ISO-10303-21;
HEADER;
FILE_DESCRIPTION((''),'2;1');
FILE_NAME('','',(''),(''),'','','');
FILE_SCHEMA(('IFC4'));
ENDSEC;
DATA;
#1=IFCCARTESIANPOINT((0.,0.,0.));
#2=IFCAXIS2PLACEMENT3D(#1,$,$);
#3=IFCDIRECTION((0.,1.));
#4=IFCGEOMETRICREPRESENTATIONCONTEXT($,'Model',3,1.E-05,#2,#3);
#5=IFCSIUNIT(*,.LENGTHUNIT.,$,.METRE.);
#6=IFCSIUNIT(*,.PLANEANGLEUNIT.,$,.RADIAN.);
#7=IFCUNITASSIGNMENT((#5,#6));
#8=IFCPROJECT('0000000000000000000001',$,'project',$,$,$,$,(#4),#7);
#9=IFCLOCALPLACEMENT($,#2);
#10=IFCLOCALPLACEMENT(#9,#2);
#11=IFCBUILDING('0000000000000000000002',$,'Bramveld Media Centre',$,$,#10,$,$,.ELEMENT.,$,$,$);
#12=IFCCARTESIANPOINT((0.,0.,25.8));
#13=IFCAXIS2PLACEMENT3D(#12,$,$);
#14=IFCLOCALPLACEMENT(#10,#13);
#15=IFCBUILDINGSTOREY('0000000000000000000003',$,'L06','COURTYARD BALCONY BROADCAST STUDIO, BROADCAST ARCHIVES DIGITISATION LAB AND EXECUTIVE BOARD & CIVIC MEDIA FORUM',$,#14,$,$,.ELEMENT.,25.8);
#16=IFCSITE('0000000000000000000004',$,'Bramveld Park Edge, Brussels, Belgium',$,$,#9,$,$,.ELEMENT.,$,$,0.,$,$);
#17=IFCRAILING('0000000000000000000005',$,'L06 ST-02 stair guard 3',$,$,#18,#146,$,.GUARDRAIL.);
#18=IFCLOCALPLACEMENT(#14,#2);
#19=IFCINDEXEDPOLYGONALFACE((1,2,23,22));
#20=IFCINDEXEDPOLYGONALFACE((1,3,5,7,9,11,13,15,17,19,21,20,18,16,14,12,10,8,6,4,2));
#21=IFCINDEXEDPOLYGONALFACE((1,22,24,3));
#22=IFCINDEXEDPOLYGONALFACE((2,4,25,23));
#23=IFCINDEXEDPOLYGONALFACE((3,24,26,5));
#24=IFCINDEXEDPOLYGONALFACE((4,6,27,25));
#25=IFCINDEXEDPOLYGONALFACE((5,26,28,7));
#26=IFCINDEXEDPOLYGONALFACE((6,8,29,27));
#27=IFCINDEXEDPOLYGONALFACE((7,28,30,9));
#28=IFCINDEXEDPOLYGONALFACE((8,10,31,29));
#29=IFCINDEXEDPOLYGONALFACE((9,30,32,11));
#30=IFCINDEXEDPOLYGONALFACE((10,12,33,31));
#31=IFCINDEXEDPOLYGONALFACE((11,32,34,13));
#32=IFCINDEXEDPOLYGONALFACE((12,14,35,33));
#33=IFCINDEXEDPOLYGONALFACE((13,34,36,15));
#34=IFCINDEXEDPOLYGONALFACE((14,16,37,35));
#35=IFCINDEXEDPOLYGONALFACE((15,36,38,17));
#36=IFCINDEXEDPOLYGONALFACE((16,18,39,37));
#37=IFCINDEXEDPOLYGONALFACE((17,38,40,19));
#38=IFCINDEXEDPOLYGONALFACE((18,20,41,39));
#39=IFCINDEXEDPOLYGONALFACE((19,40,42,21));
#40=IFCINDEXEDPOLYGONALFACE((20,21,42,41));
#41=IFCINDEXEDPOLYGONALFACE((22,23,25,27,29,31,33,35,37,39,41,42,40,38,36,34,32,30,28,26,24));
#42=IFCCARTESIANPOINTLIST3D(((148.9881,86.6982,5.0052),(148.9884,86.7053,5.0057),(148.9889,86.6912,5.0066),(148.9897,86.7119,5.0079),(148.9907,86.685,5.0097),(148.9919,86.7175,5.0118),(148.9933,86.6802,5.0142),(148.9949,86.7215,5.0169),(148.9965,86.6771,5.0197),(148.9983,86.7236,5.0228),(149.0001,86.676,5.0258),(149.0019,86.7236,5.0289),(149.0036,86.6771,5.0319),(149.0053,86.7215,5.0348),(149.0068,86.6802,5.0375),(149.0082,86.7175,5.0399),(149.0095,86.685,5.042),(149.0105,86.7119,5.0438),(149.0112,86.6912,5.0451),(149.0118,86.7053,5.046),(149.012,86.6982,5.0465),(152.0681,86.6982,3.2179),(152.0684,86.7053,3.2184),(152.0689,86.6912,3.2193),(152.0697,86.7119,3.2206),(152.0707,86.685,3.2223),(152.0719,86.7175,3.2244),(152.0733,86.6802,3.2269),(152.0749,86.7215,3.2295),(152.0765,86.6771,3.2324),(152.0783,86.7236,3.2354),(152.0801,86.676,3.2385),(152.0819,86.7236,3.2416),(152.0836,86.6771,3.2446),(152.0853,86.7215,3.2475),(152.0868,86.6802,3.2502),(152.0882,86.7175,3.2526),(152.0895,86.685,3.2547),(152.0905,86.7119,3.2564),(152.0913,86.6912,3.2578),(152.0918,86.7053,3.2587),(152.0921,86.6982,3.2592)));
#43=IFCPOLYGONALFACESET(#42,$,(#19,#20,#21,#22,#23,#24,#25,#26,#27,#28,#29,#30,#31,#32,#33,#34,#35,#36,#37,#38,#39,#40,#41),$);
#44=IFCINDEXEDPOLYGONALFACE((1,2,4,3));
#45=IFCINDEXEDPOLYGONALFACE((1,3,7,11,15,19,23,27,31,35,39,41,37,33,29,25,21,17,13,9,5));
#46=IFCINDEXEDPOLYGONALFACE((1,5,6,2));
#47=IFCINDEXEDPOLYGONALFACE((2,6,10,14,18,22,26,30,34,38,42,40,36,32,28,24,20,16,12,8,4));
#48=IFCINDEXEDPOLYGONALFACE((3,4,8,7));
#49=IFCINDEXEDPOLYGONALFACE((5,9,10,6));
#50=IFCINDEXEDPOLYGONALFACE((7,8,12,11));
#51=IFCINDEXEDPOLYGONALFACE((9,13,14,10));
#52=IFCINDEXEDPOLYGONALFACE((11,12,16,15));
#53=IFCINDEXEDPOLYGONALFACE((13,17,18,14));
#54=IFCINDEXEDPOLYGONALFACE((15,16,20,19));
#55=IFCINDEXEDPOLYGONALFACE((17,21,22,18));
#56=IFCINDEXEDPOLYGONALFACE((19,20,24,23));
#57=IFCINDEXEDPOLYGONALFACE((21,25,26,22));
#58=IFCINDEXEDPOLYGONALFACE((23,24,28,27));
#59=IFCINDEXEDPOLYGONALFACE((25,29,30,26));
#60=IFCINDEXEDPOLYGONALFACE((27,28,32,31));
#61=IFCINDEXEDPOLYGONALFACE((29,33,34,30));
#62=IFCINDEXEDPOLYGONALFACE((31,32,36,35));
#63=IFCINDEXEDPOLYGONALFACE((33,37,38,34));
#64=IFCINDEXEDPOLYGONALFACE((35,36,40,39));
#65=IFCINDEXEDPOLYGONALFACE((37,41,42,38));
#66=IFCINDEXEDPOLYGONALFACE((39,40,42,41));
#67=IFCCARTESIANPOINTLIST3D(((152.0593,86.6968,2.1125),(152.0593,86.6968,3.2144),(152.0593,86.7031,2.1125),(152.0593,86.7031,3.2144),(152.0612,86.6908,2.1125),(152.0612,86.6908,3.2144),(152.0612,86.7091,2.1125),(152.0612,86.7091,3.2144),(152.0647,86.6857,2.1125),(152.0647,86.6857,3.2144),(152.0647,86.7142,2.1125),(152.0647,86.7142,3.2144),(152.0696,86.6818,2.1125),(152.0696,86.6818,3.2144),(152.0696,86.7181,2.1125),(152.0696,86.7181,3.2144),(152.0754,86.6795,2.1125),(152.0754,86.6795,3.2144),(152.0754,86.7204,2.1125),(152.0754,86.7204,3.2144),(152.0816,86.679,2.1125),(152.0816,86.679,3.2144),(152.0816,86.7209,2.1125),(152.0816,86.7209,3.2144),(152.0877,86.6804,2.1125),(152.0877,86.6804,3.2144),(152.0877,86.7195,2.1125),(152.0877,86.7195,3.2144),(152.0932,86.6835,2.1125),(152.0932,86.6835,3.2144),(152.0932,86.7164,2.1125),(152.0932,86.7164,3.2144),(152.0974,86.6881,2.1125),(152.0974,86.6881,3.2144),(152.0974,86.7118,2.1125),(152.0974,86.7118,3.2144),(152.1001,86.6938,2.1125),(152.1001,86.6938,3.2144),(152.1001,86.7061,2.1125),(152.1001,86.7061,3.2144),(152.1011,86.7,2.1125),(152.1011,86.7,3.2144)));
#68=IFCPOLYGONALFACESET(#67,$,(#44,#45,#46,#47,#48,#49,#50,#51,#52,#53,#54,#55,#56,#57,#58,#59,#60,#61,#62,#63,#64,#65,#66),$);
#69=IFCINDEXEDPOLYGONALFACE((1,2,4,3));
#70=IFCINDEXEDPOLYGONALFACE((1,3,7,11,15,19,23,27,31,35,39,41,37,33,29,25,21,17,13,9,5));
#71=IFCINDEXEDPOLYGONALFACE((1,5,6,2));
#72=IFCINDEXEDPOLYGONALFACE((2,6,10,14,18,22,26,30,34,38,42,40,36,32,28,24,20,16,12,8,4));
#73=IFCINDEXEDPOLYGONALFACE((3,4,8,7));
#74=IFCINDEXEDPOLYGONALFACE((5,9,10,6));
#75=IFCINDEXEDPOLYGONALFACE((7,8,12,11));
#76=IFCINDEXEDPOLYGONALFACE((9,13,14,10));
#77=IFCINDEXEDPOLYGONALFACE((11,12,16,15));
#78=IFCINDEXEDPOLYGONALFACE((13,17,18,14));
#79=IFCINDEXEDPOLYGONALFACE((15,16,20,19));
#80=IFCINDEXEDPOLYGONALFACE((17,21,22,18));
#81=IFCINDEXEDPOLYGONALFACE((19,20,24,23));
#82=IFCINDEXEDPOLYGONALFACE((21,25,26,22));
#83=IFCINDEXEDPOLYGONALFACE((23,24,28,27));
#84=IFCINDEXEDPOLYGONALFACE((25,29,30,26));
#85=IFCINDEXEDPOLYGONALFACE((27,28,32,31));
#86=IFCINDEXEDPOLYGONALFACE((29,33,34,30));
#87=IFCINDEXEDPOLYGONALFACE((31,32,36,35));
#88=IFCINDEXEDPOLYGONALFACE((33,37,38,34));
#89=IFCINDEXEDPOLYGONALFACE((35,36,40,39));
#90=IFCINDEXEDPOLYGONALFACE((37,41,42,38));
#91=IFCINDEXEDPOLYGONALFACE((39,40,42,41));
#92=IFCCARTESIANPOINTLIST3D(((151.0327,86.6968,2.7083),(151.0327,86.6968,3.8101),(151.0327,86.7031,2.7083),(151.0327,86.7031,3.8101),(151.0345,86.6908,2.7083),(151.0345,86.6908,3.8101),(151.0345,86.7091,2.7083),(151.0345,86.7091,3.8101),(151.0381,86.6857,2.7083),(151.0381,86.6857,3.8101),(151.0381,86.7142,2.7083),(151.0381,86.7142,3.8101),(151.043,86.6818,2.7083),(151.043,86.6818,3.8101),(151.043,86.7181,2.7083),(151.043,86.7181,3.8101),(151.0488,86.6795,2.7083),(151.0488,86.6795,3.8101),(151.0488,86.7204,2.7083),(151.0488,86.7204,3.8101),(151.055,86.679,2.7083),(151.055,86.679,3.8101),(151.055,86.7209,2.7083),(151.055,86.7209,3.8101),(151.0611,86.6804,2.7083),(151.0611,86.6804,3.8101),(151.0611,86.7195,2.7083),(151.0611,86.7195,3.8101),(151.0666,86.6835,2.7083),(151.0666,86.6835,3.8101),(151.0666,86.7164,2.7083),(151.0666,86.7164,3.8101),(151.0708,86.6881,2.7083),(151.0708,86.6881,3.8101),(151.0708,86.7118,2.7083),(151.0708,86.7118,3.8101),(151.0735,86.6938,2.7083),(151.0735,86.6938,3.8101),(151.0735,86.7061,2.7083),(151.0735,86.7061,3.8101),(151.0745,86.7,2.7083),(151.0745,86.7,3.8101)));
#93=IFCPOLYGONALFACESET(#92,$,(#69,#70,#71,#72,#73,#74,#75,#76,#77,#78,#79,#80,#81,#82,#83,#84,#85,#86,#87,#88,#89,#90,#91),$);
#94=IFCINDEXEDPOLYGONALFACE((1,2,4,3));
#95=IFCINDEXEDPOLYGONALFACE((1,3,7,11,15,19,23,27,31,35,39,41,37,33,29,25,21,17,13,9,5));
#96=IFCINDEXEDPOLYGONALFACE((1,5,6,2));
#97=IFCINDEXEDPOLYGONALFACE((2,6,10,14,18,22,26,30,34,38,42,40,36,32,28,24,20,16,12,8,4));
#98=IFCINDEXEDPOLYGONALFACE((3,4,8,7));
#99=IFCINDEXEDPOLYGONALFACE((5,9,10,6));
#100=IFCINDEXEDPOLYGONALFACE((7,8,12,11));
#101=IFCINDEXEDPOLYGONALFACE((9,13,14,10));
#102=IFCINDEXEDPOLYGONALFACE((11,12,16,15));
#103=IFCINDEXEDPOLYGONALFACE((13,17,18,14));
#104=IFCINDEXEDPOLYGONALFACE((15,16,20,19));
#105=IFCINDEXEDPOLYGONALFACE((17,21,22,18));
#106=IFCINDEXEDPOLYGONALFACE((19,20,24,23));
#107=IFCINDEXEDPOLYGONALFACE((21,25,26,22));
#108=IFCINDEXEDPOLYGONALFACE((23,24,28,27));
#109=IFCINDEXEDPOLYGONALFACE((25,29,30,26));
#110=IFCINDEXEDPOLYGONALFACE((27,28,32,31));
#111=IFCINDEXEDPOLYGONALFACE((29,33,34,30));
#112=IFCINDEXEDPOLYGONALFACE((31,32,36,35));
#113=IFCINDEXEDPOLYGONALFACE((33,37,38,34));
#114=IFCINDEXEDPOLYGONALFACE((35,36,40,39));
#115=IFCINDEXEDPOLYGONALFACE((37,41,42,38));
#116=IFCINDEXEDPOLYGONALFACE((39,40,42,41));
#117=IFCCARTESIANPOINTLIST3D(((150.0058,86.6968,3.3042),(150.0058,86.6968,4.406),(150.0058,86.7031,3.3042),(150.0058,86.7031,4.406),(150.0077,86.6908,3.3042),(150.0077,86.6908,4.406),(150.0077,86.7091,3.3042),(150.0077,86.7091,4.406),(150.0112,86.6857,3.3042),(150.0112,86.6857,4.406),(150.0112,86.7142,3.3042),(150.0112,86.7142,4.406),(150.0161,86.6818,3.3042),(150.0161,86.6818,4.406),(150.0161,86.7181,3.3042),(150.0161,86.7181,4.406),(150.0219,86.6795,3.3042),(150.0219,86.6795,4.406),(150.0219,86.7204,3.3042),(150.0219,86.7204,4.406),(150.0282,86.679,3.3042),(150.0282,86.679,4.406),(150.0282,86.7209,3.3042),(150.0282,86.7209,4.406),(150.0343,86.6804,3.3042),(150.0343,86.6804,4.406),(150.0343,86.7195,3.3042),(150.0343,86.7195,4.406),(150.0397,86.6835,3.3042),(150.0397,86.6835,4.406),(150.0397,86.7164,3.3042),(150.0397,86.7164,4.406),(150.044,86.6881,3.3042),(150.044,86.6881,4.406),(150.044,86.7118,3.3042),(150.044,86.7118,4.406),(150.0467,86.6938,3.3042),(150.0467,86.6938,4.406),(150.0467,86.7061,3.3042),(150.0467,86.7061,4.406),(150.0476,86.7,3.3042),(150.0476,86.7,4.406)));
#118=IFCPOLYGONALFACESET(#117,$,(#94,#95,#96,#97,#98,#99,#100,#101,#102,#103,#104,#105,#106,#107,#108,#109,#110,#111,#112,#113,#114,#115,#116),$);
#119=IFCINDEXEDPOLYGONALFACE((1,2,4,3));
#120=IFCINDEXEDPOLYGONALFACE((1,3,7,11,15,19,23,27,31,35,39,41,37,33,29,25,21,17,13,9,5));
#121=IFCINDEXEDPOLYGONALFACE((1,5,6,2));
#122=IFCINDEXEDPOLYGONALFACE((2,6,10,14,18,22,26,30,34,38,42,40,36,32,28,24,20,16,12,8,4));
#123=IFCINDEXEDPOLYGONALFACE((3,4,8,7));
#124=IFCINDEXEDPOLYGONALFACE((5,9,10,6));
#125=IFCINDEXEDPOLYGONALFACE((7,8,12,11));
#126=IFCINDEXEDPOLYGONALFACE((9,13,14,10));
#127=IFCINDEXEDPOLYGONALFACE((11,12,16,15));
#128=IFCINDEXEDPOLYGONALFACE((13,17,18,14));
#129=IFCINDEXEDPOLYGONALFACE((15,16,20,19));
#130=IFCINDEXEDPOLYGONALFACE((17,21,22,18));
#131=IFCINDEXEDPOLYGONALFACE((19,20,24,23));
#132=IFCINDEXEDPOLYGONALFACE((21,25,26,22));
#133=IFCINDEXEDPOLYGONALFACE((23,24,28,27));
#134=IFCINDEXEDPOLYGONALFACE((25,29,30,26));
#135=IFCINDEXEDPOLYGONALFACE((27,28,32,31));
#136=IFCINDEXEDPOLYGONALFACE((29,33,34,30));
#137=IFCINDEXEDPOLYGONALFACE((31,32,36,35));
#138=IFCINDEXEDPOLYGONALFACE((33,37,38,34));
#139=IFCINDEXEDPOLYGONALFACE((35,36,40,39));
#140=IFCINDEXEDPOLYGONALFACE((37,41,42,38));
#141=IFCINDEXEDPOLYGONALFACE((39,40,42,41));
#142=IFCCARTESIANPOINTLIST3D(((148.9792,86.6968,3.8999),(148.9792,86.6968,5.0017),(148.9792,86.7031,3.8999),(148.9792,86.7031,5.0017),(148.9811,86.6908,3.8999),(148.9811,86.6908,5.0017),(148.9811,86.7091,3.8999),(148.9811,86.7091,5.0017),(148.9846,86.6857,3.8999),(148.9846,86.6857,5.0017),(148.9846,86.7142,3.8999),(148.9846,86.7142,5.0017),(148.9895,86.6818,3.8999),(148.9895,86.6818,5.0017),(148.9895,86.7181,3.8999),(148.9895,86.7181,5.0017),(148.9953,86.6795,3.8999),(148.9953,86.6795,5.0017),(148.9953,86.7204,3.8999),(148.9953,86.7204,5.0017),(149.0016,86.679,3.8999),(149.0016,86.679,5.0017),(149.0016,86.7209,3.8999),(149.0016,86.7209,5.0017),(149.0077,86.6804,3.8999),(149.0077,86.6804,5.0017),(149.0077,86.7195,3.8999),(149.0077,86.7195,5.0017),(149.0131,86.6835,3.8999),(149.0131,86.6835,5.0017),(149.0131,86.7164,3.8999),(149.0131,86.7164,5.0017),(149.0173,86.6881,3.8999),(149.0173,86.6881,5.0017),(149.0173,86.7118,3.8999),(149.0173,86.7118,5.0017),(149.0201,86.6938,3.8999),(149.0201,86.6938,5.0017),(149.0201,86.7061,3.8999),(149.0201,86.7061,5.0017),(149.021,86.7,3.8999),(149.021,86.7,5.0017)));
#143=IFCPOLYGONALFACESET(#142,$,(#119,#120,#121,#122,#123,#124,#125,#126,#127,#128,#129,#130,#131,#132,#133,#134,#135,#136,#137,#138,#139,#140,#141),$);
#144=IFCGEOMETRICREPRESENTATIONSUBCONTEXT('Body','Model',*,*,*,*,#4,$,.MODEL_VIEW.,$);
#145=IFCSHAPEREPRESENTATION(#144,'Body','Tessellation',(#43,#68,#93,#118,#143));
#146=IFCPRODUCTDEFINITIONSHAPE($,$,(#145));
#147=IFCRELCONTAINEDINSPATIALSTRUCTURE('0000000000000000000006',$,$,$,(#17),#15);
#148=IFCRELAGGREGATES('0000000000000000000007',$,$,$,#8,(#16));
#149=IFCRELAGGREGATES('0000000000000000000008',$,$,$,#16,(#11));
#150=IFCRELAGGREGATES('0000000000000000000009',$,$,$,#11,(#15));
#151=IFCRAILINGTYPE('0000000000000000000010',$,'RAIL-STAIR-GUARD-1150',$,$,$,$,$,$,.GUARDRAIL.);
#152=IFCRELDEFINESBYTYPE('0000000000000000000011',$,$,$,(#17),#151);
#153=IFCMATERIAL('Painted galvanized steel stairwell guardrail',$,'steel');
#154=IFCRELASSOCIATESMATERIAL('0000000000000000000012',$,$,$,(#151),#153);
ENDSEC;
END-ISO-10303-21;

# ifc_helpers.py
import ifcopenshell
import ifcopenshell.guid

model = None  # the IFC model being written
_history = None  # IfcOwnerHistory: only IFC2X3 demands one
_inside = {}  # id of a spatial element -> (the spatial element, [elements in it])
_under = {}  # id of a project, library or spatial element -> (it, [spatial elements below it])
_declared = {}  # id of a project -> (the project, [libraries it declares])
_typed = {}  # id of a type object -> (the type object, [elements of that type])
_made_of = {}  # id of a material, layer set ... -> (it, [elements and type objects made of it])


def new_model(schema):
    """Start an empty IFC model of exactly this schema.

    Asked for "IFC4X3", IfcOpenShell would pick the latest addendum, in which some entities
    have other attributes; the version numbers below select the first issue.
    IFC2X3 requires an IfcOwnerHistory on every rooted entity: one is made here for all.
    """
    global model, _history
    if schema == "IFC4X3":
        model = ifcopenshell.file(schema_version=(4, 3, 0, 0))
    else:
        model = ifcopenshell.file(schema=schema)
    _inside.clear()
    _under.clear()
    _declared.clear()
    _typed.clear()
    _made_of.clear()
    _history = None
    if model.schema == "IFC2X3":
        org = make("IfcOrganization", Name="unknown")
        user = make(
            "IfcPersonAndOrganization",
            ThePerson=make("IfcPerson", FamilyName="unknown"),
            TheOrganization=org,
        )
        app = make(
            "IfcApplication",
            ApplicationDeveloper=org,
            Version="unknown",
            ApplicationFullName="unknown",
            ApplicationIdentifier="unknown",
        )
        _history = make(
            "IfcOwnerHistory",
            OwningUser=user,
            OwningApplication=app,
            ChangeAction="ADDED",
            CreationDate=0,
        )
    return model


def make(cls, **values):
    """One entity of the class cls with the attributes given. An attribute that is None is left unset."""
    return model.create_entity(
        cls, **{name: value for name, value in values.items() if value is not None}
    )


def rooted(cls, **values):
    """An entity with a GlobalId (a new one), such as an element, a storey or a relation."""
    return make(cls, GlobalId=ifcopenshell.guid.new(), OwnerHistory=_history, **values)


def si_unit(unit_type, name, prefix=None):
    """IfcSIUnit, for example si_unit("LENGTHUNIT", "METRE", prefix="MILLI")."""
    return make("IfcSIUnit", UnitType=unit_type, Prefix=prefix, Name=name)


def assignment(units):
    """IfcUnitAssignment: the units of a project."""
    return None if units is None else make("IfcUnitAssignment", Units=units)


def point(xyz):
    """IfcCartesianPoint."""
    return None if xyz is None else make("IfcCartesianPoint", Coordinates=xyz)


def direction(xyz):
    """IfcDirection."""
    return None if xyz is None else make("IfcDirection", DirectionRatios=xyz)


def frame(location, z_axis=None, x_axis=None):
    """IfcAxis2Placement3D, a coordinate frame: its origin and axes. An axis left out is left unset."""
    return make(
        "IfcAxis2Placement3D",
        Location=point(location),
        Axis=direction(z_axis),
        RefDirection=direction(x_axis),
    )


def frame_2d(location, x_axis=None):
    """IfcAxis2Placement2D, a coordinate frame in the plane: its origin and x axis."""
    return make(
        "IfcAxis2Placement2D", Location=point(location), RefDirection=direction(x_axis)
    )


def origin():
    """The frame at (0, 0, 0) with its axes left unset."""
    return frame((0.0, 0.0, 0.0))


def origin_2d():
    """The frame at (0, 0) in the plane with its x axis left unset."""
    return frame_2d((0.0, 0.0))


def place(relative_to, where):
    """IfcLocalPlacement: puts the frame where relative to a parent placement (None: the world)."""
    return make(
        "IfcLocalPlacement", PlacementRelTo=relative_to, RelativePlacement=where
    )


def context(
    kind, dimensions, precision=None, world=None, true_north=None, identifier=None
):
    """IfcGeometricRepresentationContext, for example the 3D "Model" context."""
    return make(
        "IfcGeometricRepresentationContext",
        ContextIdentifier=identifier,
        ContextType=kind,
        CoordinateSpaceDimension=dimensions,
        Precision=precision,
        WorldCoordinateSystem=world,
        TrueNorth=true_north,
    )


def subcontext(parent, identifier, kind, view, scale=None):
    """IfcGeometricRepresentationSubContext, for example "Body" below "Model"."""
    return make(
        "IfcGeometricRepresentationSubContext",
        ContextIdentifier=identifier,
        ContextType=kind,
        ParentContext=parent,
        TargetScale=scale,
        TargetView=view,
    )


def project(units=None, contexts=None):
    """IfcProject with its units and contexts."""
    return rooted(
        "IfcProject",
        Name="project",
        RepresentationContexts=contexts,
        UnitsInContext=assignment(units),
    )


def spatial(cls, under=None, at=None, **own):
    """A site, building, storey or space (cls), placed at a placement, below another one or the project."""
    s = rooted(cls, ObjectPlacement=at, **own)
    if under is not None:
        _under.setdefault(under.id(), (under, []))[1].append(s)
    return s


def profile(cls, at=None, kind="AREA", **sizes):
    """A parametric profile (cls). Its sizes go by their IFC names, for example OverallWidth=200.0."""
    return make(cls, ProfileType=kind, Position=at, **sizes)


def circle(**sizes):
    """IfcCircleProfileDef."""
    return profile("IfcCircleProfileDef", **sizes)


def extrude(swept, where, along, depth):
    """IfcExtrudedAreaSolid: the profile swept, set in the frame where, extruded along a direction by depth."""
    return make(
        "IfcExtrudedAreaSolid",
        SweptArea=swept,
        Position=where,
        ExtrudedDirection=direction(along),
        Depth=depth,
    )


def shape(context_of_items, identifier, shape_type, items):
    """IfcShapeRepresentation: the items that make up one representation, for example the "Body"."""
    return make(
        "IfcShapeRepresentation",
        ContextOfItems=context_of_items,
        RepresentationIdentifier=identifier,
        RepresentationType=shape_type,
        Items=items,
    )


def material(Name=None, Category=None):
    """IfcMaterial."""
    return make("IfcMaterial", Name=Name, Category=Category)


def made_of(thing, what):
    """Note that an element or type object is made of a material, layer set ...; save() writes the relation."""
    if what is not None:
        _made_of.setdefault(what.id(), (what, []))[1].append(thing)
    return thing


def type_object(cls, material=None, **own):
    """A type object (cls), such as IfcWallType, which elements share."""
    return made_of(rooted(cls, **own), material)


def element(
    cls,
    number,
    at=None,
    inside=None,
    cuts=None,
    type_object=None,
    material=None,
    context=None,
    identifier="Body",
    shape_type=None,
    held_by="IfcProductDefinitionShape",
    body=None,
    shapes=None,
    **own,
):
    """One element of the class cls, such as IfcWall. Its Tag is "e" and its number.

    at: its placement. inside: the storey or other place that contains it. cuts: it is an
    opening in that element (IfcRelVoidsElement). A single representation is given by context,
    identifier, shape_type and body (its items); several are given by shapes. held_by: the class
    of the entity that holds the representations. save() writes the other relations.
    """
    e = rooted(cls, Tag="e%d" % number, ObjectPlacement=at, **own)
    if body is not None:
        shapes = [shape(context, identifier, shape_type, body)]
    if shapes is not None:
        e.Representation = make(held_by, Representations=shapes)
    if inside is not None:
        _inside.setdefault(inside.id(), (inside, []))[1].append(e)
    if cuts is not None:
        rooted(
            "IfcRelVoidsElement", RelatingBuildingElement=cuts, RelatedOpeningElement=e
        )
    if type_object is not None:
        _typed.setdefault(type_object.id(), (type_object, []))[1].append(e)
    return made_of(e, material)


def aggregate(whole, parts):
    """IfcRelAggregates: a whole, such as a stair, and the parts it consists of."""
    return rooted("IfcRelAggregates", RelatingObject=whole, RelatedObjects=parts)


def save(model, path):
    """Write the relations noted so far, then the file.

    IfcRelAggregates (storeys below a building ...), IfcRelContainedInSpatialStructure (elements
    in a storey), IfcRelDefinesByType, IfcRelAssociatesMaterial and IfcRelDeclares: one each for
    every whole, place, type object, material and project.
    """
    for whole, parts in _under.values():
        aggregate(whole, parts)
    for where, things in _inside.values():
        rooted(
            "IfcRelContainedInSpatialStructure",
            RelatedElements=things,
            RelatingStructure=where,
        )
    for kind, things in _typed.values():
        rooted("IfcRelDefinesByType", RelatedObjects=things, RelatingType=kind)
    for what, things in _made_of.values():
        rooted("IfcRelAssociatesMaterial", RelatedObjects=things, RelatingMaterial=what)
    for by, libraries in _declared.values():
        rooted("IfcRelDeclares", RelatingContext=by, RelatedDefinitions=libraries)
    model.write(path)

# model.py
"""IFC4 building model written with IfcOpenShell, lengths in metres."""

from ifc_helpers import new_model, si_unit, direction, frame, origin, origin_2d, place, context, subcontext, project, spatial, circle, extrude, material, type_object, element, save


model = new_model("IFC4")

# Units and contexts
model_context = context("Model", 3, precision=1e-05, world=origin(), true_north=direction((0.0, 1.0)))
body_context = subcontext(model_context, "Body", "Model", "MODEL_VIEW")
ifc_project = project(units=[si_unit("LENGTHUNIT", "METRE"), si_unit("PLANEANGLEUNIT", "RADIAN")], contexts=[model_context])

# Site, building, storey
site_placement = place(None, origin())
site = spatial("IfcSite", under=ifc_project, at=site_placement, Name="Bramveld Park Edge, Brussels, Belgium", CompositionType="ELEMENT", RefElevation=0.0)
building_placement = place(site_placement, origin())
building = spatial("IfcBuilding", under=site, at=building_placement, Name="Bramveld Media Centre", CompositionType="ELEMENT")
storey_placement = place(building_placement, frame((0.0, 0.0, 25.8)))
storey = spatial("IfcBuildingStorey", under=building, at=storey_placement, Name="L06", Description="COURTYARD BALCONY BROADCAST STUDIO, BROADCAST ARCHIVES DIGITISATION LAB AND EXECUTIVE BOARD & CIVIC MEDIA FORUM", CompositionType="ELEMENT", Elevation=25.8)

# Railing
ifc_material_1 = material(Name="Painted galvanized steel stairwell guardrail", Category="steel")
railing_type_1 = type_object("IfcRailingType", Name="RAIL-STAIR-GUARD-1150", PredefinedType="GUARDRAIL", material=ifc_material_1)
railing_1_placement = place(storey_placement, frame((152.0801, 86.7, 2.1125)))
element("IfcRailing", 1, at=railing_1_placement, inside=storey, type_object=railing_type_1, Name="L06 ST-02 stair guard 3", PredefinedType="GUARDRAIL", context=body_context, shape_type="SweptSolid", body=[
    extrude(circle(Radius=0.0239, at=origin_2d()), frame((0.0, 0.0, 1.126), z_axis=(-0.86492, 0.0, 0.501909), x_axis=(0.0, -1.0, 0.0)), (0.0, 0.0, 1.0), 3.561),
    extrude(circle(Radius=0.021, at=origin_2d()), origin(), (0.0, 0.0, 1.0), 1.1018),
    extrude(circle(Radius=0.021, at=origin_2d()), frame((-1.0266, 0.0, 0.5957)), (0.0, 0.0, 1.0), 1.1018),
    extrude(circle(Radius=0.021, at=origin_2d()), frame((-2.0535, 0.0, 1.1917)), (0.0, 0.0, 1.0), 1.1018),
    extrude(circle(Radius=0.021, at=origin_2d()), frame((-3.0801, 0.0, 1.7874)), (0.0, 0.0, 1.0), 1.1018),
])

save(model, "model.ifc")
